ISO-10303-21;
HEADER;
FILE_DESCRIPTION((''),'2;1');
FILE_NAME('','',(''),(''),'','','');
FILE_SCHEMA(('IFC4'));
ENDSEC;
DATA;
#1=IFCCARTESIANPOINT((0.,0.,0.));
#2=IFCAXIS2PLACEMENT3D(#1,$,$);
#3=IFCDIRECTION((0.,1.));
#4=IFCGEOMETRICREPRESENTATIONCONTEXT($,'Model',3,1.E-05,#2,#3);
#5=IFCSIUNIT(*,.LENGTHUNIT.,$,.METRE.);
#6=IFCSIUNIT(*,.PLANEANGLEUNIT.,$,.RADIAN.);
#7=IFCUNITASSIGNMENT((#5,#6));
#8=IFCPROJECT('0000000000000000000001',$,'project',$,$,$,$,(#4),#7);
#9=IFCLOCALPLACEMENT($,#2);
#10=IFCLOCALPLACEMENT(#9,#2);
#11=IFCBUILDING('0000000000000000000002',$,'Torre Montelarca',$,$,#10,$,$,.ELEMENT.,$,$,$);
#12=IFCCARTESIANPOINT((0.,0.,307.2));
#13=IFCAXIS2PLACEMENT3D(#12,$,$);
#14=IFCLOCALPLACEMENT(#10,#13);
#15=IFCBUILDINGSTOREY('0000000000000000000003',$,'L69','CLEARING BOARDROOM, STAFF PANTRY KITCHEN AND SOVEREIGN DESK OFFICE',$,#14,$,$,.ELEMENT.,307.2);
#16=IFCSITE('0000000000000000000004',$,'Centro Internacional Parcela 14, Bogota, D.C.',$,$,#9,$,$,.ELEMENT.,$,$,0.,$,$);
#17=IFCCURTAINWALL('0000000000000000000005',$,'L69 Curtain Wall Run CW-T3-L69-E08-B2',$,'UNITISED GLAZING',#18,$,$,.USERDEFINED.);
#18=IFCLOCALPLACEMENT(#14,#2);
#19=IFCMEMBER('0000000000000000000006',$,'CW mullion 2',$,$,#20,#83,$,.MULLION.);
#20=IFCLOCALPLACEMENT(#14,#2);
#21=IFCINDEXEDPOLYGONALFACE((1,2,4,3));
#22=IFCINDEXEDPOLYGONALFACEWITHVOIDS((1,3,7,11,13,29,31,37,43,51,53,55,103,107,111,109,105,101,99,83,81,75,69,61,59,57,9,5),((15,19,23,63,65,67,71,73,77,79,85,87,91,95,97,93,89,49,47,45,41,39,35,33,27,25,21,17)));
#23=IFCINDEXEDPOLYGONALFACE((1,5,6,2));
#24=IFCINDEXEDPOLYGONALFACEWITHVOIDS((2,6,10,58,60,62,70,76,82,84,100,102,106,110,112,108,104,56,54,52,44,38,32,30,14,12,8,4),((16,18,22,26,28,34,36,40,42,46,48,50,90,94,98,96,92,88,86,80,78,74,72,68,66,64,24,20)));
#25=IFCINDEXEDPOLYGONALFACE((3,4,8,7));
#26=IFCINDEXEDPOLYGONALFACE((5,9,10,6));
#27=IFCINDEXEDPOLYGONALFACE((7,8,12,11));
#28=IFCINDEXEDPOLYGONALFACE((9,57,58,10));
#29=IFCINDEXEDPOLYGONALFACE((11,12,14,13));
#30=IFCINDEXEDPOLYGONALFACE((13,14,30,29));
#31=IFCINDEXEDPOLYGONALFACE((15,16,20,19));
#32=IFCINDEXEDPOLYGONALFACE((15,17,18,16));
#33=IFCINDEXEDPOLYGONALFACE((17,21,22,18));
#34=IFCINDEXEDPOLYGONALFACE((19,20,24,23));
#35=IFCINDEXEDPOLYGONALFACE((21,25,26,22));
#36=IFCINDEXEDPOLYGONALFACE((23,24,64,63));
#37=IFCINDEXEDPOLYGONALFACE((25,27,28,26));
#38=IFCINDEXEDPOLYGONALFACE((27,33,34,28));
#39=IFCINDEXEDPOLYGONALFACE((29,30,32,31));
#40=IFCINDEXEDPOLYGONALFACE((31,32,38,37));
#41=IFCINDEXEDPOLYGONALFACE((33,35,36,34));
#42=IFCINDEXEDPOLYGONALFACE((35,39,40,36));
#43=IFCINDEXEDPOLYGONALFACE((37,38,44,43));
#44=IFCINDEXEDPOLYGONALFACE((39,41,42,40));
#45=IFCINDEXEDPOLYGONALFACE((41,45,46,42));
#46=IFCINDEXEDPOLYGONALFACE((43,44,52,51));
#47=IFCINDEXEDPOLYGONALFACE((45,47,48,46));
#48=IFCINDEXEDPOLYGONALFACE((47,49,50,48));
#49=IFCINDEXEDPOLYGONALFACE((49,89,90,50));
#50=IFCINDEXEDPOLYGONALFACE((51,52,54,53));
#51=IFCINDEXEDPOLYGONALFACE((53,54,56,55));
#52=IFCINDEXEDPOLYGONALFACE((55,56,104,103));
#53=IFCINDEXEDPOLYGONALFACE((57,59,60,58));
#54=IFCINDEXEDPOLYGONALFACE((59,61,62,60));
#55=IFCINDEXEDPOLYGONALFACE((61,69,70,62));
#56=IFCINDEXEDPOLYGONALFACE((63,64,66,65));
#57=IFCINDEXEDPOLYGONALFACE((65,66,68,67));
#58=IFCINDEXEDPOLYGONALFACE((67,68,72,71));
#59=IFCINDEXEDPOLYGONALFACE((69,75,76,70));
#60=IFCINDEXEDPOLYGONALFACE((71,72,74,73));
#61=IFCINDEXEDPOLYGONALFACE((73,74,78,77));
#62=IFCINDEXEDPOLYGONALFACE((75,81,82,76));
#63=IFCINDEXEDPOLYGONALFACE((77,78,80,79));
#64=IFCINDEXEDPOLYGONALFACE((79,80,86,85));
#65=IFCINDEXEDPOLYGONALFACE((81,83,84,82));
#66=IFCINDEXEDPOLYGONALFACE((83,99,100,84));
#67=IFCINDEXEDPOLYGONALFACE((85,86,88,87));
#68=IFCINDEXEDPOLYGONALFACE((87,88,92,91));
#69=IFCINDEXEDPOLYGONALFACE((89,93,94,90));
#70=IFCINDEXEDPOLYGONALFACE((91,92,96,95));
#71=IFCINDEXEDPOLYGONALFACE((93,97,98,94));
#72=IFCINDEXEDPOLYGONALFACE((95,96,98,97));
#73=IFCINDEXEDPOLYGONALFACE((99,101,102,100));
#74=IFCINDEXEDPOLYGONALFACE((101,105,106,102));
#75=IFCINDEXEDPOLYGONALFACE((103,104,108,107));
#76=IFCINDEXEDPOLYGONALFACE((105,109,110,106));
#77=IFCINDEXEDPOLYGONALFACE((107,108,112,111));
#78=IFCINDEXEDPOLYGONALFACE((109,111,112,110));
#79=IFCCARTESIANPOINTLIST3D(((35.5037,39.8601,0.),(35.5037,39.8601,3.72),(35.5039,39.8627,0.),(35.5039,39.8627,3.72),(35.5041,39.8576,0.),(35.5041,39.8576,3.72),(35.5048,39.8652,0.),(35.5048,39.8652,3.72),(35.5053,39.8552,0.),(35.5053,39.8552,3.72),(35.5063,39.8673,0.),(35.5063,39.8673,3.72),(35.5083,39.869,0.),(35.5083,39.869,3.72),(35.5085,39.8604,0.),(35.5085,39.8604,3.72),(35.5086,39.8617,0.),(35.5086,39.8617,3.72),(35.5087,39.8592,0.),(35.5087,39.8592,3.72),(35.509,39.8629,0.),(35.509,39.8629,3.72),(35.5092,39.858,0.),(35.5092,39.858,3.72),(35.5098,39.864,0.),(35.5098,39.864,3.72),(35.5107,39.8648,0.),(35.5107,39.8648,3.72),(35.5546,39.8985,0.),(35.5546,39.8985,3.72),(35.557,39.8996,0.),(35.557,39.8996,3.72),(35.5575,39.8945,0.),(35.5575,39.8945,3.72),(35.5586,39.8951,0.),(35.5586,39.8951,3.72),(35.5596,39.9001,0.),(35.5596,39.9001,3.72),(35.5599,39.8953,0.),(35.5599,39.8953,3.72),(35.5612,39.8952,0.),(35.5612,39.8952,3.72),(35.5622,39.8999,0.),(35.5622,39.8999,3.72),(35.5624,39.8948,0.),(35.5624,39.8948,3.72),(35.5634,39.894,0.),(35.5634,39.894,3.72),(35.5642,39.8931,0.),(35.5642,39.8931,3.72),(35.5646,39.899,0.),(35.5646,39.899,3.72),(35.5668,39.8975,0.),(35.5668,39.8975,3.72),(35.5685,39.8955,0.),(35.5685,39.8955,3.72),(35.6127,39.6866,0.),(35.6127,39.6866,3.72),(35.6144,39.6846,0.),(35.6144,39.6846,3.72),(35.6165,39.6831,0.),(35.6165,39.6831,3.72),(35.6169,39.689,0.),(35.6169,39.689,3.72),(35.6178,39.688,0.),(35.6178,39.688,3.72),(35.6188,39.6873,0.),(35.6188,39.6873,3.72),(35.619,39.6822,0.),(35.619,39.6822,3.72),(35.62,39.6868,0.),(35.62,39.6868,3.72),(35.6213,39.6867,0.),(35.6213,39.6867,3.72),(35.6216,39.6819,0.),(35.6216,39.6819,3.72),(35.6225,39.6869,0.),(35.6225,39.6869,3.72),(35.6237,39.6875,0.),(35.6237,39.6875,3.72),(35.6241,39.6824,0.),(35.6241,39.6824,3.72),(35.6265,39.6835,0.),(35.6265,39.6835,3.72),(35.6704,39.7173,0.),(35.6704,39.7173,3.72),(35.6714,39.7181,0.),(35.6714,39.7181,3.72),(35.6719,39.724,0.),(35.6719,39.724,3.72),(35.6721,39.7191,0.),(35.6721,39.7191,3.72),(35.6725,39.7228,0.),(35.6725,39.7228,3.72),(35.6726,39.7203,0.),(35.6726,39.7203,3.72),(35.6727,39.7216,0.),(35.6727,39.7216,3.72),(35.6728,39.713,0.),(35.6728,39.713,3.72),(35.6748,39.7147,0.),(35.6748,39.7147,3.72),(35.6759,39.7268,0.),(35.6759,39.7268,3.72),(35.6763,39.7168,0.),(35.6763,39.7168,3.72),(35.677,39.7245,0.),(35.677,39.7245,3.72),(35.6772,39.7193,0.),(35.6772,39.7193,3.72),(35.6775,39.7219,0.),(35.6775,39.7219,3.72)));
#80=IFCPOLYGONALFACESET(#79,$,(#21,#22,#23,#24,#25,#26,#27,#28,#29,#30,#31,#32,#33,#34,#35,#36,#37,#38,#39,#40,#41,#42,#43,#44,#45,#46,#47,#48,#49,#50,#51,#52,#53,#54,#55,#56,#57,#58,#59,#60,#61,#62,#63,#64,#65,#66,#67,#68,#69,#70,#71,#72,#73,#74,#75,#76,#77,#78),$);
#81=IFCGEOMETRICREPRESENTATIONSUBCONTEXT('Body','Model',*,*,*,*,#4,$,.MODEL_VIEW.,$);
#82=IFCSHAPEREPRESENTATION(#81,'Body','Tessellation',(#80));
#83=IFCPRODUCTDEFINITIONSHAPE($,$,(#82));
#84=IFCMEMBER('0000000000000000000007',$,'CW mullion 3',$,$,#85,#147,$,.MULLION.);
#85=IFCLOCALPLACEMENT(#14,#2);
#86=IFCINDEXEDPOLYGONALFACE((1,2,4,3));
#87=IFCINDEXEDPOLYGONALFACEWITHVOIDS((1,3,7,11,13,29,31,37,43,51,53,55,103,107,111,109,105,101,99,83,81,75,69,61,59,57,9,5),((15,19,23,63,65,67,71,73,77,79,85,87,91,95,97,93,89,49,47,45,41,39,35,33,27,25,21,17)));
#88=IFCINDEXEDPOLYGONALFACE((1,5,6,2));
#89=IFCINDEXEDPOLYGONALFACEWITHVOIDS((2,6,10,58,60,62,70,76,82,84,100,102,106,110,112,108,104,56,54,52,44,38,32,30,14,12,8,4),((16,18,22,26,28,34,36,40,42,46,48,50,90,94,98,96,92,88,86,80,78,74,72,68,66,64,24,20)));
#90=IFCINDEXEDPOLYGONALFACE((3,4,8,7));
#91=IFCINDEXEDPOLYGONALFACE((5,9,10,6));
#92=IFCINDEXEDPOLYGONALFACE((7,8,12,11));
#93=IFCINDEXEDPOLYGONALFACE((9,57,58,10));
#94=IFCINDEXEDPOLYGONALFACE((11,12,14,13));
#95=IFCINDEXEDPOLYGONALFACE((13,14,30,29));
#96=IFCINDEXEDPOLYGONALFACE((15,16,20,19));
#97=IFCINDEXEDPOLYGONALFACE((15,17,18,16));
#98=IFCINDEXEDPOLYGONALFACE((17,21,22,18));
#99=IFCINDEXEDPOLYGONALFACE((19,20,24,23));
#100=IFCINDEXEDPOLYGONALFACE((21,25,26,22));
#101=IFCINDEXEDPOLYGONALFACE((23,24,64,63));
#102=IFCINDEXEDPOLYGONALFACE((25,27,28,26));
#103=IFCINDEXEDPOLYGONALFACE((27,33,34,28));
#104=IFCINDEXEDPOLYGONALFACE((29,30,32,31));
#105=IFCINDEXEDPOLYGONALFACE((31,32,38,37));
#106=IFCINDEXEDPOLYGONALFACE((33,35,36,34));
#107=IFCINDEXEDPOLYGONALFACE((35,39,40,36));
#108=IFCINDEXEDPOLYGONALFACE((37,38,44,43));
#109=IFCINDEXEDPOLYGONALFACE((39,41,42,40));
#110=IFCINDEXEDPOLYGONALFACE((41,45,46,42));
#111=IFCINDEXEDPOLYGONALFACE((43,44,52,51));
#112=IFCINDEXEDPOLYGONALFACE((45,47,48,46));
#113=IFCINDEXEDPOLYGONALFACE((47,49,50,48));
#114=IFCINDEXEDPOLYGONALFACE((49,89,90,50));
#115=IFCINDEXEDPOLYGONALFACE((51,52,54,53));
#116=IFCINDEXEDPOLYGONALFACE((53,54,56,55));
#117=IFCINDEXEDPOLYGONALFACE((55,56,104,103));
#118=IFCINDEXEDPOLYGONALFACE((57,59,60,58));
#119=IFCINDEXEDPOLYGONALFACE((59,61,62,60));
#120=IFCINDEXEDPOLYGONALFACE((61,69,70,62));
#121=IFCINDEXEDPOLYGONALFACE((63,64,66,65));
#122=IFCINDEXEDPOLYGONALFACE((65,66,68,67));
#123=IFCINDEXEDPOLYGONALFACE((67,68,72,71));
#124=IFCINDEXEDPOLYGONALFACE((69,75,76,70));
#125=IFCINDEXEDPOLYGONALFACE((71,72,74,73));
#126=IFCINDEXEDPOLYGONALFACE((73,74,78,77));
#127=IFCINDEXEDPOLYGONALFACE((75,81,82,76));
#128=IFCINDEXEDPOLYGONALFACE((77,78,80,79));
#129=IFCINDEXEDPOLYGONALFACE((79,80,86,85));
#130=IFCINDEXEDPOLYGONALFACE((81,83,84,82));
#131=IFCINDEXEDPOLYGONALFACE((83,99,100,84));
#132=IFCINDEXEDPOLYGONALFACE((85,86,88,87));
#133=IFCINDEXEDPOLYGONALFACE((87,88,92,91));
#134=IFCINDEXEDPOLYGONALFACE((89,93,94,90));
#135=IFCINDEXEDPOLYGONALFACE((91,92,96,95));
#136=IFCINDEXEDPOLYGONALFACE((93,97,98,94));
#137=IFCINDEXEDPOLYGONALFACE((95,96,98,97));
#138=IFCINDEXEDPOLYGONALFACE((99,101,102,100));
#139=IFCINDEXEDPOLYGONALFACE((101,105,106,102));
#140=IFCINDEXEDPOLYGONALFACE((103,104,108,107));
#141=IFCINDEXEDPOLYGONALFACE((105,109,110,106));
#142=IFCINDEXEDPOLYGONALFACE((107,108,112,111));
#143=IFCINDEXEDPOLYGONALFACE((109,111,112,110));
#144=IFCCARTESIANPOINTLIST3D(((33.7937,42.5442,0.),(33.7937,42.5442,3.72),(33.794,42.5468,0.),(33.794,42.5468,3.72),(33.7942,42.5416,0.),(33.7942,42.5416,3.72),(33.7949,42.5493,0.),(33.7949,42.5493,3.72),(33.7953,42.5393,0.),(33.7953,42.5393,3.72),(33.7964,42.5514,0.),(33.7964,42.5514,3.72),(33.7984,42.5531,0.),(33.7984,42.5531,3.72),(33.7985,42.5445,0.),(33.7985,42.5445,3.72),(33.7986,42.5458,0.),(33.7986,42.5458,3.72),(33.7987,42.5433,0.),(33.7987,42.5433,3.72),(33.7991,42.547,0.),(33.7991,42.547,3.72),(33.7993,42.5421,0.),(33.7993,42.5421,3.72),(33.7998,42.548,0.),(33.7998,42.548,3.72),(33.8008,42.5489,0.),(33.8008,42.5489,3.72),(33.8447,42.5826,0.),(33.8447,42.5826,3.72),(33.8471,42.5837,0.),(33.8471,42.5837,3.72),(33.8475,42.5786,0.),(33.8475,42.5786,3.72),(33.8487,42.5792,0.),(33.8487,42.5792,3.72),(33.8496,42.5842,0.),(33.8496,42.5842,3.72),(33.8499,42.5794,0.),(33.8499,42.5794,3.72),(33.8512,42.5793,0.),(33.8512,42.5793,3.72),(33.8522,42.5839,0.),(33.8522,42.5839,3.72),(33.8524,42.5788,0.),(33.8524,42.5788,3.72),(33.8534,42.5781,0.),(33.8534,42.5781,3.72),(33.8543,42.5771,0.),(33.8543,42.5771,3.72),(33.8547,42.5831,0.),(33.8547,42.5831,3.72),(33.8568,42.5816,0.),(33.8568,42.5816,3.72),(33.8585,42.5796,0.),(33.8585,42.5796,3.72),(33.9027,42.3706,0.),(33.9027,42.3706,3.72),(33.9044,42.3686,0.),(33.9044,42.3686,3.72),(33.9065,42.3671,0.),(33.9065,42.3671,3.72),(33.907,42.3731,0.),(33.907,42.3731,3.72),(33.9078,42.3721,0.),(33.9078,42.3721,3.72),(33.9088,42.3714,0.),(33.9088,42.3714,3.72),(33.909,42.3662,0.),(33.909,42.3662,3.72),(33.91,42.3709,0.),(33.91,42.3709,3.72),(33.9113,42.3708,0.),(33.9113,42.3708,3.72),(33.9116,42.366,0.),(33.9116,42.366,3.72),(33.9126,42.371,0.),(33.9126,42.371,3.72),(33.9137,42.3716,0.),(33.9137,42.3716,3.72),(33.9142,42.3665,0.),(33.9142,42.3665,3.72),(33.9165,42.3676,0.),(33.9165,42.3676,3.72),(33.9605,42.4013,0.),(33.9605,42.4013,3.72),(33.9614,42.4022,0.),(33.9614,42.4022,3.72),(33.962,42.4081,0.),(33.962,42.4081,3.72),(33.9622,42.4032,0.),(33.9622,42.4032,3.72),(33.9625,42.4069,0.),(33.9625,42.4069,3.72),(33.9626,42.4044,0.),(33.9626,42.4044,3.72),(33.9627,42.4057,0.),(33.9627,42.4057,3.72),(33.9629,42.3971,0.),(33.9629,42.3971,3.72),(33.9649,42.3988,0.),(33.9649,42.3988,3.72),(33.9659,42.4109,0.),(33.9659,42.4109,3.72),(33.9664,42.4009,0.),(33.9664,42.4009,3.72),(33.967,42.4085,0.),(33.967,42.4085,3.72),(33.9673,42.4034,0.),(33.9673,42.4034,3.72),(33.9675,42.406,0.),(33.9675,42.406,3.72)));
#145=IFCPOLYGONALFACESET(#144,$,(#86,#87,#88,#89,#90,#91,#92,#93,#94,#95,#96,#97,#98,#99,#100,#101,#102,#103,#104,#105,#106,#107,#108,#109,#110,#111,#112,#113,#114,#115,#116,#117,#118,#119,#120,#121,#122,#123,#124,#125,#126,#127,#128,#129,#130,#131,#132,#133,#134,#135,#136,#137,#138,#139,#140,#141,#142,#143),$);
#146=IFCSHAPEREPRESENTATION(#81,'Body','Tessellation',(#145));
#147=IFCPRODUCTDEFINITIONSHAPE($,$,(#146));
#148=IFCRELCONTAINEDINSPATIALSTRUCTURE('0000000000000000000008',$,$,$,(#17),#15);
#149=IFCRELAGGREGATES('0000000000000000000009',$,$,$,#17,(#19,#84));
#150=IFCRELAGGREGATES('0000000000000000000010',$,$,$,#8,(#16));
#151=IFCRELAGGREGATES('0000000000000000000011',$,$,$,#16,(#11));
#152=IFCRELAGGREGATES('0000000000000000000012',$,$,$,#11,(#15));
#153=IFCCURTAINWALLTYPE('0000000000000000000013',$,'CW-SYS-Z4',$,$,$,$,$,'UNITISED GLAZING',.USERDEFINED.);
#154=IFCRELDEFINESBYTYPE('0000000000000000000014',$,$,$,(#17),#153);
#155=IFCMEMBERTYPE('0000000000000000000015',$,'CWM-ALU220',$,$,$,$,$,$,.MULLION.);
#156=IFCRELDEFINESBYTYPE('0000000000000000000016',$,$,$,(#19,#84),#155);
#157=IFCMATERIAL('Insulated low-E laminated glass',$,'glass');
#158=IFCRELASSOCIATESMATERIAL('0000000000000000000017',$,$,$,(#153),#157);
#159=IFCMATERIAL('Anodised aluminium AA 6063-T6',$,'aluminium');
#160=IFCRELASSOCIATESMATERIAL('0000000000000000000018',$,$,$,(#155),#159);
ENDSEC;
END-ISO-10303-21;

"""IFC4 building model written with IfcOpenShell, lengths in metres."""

from ifc_helpers import new_model, si_unit, direction, frame, origin, origin_2d, place, context, subcontext, project, spatial, hollow_rectangle, extrude, source, transform, mapped, material, material_profile, profile_set, type_object, element, aggregate, save


model = new_model("IFC4")

# Units and contexts
model_context = context("Model", 3, precision=1e-05, world=origin(), true_north=direction((0.0, 1.0)))
body_context = subcontext(model_context, "Body", "Model", "MODEL_VIEW")
ifc_project = project(units=[si_unit("LENGTHUNIT", "METRE"), si_unit("PLANEANGLEUNIT", "RADIAN")], contexts=[model_context])

# Site, building, storey
site_placement = place(None, origin())
site = spatial("IfcSite", under=ifc_project, at=site_placement, Name="Centro Internacional Parcela 14, Bogota, D.C.", CompositionType="ELEMENT", RefElevation=0.0)
building_placement = place(site_placement, origin())
building = spatial("IfcBuilding", under=site, at=building_placement, Name="Torre Montelarca", CompositionType="ELEMENT")
storey_placement = place(building_placement, frame((0.0, 0.0, 307.2)))
storey = spatial("IfcBuildingStorey", under=building, at=storey_placement, Name="L69", Description="CLEARING BOARDROOM, STAFF PANTRY KITCHEN AND SOVEREIGN DESK OFFICE", CompositionType="ELEMENT", Elevation=307.2)

# Shared definitions
ifc_material_1 = material(Name="Insulated low-E laminated glass", Category="glass")
curtain_wall_type = type_object("IfcCurtainWallType", Name="CW-SYS-Z4", ElementType="UNITISED GLAZING", PredefinedType="USERDEFINED", material=ifc_material_1)
ifc_material_2 = material(Name="Anodised aluminium AA 6063-T6", Category="aluminium")
ifc_material_profile_1 = material_profile(ifc_material_2, hollow_rectangle(XDim=0.075, YDim=0.22, WallThickness=0.0049, InnerFilletRadius=0.0049, OuterFilletRadius=0.01, at=origin_2d()), Name="ALU75X220X5", Category="aluminium")
ifc_profile_set_1 = profile_set([ifc_material_profile_1], Name="Anodised aluminium AA 6063-T6")
member_type_1 = type_object("IfcMemberType", Name="CWM-ALU220", PredefinedType="MULLION", material=ifc_profile_set_1)
shared_shape_1 = source(origin(), body_context, "Body", "SweptSolid", [
    extrude(hollow_rectangle(XDim=0.075, YDim=0.22, WallThickness=0.0049, InnerFilletRadius=0.0049, OuterFilletRadius=0.01, at=origin_2d()), origin(), (0.0, 0.0, 1.0), 3.72),
])

# Curtain wall, members
curtain_wall_1_placement = place(storey_placement, origin())
curtain_wall_1 = element("IfcCurtainWall", 1, at=curtain_wall_1_placement, inside=storey, type_object=curtain_wall_type, Name="L69 Curtain Wall Run CW-T3-L69-E08-B2", ObjectType="UNITISED GLAZING", PredefinedType="USERDEFINED")
member_1_placement = place(storey_placement, frame((35.5906, 39.791, 0.0), z_axis=(0.0, 0.0, 1.0), x_axis=(-0.843395, -0.537294, 0.0)))
member_1 = element("IfcMember", 2, at=member_1_placement, type_object=member_type_1, Name="CW mullion 2", PredefinedType="MULLION", context=body_context, shape_type="MappedRepresentation", body=[
    mapped(shared_shape_1, transform((0.0, 0.0, 0.0), scale=1.0)),
])
member_2_placement = place(storey_placement, frame((33.8806, 42.4751, 0.0), z_axis=(0.0, 0.0, 1.0), x_axis=(-0.843395, -0.537294, 0.0)))
member_2 = element("IfcMember", 3, at=member_2_placement, type_object=member_type_1, Name="CW mullion 3", PredefinedType="MULLION", context=body_context, shape_type="MappedRepresentation", body=[
    mapped(shared_shape_1, transform((0.0, 0.0, 0.0), scale=1.0)),
])

aggregate(curtain_wall_1, [member_1, member_2])

save(model, "model.ifc")
